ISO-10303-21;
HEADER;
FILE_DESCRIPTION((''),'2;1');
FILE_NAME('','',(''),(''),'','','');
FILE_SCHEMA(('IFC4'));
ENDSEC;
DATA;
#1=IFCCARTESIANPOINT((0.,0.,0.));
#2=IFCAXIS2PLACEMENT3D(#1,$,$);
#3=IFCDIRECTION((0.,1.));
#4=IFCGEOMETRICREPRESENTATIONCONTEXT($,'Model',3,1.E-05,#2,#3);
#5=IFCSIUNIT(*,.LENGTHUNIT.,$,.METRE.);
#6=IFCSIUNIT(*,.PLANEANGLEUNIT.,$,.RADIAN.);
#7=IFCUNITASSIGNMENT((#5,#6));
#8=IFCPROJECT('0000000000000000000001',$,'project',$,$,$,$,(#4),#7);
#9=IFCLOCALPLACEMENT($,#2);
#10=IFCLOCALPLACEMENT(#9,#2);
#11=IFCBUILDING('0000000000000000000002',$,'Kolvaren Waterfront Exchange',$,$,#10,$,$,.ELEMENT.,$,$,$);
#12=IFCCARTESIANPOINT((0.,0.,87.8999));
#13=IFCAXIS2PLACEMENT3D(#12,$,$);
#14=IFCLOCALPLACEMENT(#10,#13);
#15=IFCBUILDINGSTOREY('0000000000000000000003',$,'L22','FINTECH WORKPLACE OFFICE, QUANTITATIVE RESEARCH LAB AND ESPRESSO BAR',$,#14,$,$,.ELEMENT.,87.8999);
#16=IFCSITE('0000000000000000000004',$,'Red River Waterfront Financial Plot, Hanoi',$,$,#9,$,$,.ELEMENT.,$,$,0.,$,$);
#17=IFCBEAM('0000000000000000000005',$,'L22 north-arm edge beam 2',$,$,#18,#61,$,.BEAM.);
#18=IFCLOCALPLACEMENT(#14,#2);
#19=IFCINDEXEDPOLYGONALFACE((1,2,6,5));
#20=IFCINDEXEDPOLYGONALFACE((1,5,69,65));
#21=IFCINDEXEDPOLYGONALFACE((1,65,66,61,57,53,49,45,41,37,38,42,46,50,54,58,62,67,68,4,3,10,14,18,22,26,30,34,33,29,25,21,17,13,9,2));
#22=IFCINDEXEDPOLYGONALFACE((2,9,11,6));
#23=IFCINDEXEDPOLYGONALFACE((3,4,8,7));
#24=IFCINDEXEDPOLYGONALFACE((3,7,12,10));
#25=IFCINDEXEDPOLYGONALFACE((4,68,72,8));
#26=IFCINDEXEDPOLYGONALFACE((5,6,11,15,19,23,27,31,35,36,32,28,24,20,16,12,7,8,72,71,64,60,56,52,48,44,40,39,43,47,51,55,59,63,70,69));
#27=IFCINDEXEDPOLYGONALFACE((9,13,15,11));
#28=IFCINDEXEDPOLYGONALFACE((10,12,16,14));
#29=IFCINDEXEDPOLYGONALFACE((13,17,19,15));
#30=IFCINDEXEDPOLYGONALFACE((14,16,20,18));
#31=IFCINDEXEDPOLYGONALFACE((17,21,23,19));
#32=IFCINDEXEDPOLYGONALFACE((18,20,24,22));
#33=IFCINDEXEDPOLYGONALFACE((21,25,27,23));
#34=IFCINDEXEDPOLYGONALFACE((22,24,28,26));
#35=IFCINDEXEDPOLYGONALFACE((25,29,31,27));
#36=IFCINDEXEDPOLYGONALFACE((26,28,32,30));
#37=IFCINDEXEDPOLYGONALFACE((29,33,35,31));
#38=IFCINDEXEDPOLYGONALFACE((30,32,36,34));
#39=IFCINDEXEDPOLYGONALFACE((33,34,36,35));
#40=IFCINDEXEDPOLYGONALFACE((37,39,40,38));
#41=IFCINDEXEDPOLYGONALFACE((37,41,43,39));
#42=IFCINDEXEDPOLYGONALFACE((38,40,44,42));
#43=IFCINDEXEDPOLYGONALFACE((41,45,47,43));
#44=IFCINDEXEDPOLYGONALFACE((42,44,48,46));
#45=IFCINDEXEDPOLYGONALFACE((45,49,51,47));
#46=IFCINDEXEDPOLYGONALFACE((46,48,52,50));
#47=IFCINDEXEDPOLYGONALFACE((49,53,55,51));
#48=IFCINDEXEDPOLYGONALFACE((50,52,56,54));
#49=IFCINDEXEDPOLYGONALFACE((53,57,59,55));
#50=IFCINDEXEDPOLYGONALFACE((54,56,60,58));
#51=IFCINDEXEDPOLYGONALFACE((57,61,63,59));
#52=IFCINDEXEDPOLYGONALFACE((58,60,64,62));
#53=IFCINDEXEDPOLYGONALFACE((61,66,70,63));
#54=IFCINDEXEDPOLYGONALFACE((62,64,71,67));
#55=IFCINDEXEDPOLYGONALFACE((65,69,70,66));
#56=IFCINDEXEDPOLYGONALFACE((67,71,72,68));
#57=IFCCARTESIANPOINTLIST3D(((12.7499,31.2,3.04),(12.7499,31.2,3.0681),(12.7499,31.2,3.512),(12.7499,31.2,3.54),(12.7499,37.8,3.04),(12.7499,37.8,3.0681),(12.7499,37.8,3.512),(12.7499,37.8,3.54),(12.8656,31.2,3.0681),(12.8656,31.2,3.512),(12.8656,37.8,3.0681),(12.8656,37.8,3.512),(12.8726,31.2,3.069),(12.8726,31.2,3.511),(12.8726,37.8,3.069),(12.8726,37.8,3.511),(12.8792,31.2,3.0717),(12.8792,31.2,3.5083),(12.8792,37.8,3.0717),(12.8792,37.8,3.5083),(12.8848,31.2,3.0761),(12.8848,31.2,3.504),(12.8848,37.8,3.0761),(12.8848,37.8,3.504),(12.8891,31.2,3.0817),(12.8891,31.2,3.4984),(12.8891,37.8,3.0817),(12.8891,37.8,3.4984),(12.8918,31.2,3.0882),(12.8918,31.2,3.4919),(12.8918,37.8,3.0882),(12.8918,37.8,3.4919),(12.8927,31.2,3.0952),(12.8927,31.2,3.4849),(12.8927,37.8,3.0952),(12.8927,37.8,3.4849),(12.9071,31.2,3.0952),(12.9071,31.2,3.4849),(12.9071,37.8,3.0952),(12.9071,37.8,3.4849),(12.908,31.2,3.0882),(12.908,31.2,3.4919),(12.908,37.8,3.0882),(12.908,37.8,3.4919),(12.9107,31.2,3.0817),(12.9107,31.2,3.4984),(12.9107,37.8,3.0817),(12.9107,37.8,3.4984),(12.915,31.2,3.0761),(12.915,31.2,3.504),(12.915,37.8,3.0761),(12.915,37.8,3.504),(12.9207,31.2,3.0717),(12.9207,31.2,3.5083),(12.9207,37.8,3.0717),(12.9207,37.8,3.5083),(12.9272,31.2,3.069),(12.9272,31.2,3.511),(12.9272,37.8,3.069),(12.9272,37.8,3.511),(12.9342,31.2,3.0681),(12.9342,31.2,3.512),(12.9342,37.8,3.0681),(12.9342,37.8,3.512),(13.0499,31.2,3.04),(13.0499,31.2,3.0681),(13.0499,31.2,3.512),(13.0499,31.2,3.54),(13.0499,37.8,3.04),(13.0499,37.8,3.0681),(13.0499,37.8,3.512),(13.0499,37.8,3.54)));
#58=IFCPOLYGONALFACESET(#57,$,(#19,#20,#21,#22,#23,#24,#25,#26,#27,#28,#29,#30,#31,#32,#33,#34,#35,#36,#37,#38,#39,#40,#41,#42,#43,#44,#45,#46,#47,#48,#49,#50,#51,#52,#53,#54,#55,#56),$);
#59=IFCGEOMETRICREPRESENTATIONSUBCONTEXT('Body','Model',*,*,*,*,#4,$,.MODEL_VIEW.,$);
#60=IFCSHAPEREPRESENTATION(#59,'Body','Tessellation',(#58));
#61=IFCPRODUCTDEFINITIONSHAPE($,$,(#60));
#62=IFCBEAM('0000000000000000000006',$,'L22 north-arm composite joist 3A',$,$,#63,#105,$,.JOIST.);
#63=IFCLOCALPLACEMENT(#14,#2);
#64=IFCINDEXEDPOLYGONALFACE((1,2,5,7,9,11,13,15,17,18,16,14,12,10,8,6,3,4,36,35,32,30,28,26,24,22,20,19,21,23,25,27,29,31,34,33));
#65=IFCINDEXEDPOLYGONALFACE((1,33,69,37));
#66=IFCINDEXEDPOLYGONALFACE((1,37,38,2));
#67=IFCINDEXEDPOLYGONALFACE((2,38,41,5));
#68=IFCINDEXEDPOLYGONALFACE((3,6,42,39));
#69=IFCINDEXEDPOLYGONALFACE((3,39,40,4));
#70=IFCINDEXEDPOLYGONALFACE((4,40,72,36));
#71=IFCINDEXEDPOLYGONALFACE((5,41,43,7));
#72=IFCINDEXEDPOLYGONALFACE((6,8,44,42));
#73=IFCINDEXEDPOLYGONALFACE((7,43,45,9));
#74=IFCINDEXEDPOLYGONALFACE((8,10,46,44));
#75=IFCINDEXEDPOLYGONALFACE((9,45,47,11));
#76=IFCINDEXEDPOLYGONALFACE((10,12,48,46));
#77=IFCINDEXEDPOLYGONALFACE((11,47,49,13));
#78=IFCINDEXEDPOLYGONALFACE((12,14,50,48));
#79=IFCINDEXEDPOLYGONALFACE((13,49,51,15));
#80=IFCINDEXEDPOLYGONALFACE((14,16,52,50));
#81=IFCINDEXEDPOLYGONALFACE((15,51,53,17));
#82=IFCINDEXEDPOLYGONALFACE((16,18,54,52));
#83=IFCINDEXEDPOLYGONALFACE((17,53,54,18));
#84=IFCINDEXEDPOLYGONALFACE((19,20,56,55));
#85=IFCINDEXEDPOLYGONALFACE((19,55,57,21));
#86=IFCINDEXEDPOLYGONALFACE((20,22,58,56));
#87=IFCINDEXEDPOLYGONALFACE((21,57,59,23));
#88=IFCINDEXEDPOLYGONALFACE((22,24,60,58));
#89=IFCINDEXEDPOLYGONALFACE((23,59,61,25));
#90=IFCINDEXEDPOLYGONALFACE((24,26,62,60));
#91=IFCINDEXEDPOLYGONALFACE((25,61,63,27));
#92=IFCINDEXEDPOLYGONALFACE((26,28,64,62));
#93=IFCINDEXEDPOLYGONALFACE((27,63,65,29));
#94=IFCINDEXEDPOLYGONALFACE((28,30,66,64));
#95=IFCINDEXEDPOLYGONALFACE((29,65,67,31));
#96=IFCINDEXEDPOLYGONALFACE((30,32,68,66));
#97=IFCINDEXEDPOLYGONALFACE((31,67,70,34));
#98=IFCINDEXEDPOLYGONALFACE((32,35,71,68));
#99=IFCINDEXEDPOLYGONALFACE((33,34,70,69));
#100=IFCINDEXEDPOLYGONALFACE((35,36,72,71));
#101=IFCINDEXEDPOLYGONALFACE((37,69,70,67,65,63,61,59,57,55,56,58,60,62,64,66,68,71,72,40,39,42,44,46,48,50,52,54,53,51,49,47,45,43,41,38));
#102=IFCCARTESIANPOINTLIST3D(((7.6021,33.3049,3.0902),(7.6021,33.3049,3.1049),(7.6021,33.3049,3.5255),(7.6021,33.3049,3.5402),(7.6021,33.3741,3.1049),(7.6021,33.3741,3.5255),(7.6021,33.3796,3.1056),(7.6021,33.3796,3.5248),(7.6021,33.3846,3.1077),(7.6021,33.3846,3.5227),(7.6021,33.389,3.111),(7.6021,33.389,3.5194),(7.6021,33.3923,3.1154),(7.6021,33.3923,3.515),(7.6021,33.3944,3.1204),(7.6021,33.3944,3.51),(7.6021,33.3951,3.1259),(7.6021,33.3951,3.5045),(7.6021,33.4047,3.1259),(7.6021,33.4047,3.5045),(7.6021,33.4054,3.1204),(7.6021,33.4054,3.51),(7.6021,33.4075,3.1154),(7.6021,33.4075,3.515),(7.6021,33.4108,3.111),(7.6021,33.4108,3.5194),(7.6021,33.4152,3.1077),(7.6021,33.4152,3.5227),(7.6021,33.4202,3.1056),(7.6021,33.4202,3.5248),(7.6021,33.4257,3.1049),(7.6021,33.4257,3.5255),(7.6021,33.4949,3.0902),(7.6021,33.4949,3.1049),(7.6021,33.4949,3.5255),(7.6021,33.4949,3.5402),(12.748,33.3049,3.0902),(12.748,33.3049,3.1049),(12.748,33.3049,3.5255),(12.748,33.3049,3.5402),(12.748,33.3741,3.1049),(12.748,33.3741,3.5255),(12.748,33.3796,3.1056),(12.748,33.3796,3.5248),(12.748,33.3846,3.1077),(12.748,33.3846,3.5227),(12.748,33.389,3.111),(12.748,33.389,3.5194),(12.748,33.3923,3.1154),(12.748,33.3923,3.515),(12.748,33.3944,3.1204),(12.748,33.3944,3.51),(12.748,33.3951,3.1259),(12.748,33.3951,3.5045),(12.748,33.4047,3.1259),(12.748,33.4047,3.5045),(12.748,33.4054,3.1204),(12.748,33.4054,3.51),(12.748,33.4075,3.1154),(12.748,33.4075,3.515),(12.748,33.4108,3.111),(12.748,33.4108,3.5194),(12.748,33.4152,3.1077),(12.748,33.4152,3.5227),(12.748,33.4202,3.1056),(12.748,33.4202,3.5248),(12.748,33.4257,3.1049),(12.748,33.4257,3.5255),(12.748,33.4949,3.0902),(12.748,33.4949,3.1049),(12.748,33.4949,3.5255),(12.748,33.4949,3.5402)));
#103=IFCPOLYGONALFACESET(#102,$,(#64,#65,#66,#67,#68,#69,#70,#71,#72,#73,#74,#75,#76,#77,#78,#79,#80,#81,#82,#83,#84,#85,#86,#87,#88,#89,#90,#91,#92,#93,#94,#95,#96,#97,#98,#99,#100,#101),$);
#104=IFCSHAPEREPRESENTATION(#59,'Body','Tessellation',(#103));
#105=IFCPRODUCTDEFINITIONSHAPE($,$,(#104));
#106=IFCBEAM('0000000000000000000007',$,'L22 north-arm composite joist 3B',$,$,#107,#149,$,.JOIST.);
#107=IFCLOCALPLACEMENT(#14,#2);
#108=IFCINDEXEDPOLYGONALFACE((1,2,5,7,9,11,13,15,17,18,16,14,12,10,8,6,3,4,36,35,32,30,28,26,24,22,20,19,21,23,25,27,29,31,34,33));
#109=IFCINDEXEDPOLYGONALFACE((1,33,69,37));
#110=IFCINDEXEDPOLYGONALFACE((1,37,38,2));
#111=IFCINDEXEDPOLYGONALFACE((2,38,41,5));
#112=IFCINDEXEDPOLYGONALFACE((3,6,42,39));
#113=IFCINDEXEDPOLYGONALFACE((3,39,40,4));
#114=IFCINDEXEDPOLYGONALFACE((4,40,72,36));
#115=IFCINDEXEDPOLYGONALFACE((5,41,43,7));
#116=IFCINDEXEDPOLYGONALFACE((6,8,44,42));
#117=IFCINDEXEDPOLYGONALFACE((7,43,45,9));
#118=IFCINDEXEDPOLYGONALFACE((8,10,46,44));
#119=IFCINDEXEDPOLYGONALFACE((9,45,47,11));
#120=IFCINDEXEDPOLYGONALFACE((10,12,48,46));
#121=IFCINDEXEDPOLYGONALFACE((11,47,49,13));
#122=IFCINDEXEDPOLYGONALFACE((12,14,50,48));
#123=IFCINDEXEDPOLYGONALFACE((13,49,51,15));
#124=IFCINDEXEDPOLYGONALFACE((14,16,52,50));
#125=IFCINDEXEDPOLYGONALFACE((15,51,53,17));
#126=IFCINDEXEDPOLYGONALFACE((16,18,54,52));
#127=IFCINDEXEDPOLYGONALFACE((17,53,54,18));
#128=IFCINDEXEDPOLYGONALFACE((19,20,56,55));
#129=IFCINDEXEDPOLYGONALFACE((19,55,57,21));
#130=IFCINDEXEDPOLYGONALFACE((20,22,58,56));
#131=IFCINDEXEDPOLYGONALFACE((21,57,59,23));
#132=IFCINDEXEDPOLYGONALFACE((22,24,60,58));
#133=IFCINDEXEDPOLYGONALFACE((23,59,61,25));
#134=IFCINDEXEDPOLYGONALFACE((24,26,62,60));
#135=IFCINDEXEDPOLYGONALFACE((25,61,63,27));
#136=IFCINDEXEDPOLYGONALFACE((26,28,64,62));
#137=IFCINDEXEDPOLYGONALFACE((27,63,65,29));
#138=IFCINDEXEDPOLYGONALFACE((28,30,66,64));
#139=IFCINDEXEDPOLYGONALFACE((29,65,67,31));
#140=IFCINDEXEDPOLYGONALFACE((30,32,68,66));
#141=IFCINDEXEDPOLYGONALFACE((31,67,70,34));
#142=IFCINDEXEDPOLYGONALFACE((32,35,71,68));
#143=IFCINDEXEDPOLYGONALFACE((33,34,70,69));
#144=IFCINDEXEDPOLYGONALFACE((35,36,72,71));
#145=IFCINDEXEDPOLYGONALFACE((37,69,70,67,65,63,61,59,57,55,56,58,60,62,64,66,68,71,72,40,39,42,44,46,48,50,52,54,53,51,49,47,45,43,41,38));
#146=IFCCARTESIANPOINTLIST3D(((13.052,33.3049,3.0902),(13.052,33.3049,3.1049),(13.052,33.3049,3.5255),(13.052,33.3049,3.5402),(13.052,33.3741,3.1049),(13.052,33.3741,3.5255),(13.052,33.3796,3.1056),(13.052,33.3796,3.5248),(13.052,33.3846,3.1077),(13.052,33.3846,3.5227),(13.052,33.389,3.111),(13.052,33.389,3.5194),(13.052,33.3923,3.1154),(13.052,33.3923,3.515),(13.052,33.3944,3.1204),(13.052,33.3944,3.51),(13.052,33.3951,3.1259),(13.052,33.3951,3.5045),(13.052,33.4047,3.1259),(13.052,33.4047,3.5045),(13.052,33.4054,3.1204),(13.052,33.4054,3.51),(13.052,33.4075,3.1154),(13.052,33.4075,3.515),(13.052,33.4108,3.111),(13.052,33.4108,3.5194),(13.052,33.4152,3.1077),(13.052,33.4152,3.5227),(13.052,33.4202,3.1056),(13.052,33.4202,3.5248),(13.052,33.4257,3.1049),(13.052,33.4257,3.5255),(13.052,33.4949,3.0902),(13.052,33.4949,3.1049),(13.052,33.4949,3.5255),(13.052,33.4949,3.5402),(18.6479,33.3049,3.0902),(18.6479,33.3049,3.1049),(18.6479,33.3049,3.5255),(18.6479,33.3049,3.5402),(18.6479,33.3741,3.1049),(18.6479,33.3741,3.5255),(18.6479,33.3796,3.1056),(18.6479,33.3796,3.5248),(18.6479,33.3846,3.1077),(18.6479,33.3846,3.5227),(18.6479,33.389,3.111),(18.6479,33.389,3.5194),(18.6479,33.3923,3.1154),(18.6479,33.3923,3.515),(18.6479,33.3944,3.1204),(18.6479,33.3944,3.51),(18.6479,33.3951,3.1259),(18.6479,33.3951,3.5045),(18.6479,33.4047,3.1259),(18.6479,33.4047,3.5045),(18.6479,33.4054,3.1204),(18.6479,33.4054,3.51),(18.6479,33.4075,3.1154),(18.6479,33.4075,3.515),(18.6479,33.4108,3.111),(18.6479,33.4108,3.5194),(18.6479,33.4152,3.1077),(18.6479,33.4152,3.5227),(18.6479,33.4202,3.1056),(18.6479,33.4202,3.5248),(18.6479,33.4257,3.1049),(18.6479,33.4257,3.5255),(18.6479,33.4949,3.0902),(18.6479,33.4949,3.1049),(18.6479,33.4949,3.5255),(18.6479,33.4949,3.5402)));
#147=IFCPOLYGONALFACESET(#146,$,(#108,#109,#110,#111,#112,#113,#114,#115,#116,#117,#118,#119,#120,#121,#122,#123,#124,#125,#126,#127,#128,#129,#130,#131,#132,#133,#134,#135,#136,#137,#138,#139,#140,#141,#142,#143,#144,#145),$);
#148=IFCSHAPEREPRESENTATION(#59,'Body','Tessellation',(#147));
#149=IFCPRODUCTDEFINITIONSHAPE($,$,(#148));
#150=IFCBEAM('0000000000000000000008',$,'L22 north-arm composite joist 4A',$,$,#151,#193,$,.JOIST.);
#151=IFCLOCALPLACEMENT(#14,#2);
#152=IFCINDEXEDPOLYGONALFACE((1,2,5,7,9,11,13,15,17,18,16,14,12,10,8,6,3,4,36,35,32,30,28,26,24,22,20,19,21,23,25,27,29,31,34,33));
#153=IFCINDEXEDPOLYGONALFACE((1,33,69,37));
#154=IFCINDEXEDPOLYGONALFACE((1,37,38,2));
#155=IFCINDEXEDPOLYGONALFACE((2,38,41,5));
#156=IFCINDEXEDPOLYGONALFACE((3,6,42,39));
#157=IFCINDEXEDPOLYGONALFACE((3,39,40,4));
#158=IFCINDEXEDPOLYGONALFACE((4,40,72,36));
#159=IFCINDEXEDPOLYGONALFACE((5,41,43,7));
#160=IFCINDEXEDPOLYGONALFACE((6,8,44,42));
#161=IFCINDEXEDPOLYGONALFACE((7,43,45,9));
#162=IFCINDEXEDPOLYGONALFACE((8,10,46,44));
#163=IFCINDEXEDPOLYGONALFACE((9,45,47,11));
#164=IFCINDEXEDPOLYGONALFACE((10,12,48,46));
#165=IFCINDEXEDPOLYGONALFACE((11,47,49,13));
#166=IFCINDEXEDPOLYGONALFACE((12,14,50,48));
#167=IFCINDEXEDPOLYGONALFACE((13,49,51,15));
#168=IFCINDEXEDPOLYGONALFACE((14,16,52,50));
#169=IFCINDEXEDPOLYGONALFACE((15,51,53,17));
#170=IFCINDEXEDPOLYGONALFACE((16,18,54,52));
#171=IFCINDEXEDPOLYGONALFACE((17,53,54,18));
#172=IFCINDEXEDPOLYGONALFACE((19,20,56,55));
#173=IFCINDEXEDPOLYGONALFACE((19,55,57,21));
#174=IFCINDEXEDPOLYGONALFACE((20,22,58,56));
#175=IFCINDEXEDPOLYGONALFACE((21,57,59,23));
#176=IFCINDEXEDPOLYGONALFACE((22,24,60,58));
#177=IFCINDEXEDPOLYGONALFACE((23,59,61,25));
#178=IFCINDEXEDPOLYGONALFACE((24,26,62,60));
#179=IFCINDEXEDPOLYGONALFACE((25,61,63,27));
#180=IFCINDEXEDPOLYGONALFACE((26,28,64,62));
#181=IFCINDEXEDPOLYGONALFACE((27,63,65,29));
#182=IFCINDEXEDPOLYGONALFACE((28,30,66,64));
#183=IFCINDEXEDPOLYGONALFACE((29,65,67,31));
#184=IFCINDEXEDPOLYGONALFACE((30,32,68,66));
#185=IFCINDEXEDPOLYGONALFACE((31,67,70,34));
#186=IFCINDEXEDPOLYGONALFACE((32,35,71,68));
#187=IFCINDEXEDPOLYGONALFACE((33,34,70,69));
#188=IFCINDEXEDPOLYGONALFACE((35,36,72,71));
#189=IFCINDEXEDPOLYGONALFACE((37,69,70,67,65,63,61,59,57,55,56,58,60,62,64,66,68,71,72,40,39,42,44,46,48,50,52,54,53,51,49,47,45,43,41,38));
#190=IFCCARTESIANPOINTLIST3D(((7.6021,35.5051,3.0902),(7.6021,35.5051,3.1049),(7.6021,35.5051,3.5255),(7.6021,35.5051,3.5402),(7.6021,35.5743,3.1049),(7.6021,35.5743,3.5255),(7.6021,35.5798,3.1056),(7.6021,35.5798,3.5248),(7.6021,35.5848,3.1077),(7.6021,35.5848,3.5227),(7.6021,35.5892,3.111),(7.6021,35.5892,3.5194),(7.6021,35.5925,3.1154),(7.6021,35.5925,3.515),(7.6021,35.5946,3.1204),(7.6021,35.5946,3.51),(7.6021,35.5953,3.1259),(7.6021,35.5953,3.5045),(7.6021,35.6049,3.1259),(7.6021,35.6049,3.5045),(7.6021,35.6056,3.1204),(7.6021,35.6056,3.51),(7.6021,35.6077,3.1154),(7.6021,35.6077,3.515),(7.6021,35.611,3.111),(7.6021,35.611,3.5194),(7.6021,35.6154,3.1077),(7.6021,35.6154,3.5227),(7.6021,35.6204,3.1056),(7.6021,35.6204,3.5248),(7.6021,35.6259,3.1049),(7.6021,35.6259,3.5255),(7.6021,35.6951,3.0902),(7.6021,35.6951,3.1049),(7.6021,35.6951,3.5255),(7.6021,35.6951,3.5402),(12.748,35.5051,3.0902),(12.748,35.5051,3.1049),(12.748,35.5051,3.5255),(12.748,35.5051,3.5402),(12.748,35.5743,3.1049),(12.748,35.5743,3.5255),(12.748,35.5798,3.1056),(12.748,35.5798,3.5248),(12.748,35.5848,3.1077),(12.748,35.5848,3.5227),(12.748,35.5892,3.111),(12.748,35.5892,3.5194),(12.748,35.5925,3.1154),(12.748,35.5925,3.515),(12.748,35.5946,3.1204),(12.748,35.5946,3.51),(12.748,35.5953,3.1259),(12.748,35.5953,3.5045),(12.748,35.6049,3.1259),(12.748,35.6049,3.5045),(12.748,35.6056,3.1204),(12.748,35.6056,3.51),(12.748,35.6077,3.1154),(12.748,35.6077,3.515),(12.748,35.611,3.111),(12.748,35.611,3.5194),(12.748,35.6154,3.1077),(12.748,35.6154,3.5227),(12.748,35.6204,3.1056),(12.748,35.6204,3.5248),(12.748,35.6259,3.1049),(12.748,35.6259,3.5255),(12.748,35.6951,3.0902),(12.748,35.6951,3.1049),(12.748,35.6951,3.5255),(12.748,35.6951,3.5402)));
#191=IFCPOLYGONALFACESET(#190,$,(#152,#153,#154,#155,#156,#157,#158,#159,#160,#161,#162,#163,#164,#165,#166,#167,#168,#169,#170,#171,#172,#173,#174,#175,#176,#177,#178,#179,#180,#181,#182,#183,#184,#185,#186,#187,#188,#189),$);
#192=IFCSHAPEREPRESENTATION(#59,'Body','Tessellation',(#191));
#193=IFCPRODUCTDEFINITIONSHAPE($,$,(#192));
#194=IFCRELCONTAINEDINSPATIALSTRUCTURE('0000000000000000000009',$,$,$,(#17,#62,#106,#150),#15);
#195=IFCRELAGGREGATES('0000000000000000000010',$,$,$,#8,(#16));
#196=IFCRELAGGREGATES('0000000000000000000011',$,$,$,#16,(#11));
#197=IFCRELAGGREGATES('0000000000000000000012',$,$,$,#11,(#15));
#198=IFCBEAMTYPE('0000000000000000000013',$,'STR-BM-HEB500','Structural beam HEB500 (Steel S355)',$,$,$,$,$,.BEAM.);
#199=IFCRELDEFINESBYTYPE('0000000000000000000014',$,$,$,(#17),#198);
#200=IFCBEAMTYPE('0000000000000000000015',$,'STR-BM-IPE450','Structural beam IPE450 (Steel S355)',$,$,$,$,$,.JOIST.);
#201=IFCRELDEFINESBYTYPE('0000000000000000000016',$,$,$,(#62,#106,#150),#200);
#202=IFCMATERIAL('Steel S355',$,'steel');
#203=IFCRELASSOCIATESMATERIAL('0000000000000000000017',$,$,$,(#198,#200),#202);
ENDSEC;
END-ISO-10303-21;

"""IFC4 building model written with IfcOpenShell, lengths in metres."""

from ifc_helpers import new_model, si_unit, direction, frame, origin, origin_2d, place, context, subcontext, project, spatial, i_section, extrude, material, material_profile, profile_set, type_object, element, save


model = new_model("IFC4")

# Units and contexts
model_context = context("Model", 3, precision=1e-05, world=origin(), true_north=direction((0.0, 1.0)))
body_context = subcontext(model_context, "Body", "Model", "MODEL_VIEW")
ifc_project = project(units=[si_unit("LENGTHUNIT", "METRE"), si_unit("PLANEANGLEUNIT", "RADIAN")], contexts=[model_context])

# Site, building, storey
site_placement = place(None, origin())
site = spatial("IfcSite", under=ifc_project, at=site_placement, Name="Red River Waterfront Financial Plot, Hanoi", CompositionType="ELEMENT", RefElevation=0.0)
building_placement = place(site_placement, origin())
building = spatial("IfcBuilding", under=site, at=building_placement, Name="Kolvaren Waterfront Exchange", CompositionType="ELEMENT")
storey_placement = place(building_placement, frame((0.0, 0.0, 87.8999)))
storey = spatial("IfcBuildingStorey", under=building, at=storey_placement, Name="L22", Description="FINTECH WORKPLACE OFFICE, QUANTITATIVE RESEARCH LAB AND ESPRESSO BAR", CompositionType="ELEMENT", Elevation=87.8999)

# Beams
ifc_material_1 = material(Name="Steel S355", Category="steel")
ifc_material_profile_1 = material_profile(ifc_material_1, i_section(OverallWidth=0.3, OverallDepth=0.5, WebThickness=0.0144, FlangeThickness=0.0281, FilletRadius=0.0271, at=origin_2d()), Name="HEB500")
ifc_profile_set_1 = profile_set([ifc_material_profile_1], Name="Steel S355")
beam_type_1 = type_object("IfcBeamType", Name="STR-BM-HEB500", Description="Structural beam HEB500 (Steel S355)", PredefinedType="BEAM", material=ifc_profile_set_1)
beam_1_placement = place(storey_placement, frame((12.8999, 31.2, 3.29), z_axis=(0.0, 1.0, 0.0), x_axis=(-1.0, 0.0, 0.0)))
element("IfcBeam", 1, at=beam_1_placement, inside=storey, type_object=beam_type_1, Name="L22 north-arm edge beam 2", PredefinedType="BEAM", context=body_context, shape_type="SweptSolid", body=[
    extrude(i_section(OverallWidth=0.3, OverallDepth=0.5, WebThickness=0.0144, FlangeThickness=0.0281, FilletRadius=0.0271, at=origin_2d()), origin(), (0.0, 0.0, 1.0), 6.6001),
])
ifc_material_profile_2 = material_profile(ifc_material_1, i_section(OverallWidth=0.1899, OverallDepth=0.45, WebThickness=0.0095, FlangeThickness=0.0146, FilletRadius=0.021, at=origin_2d()), Name="IPE450")
ifc_profile_set_2 = profile_set([ifc_material_profile_2], Name="Steel S355")
beam_type_2 = type_object("IfcBeamType", Name="STR-BM-IPE450", Description="Structural beam IPE450 (Steel S355)", PredefinedType="JOIST", material=ifc_profile_set_2)
beam_2_placement = place(storey_placement, frame((7.6021, 33.3999, 3.3152), z_axis=(1.0, 0.0, 0.0), x_axis=(0.0, 1.0, 0.0)))
element("IfcBeam", 2, at=beam_2_placement, inside=storey, type_object=beam_type_2, Name="L22 north-arm composite joist 3A", PredefinedType="JOIST", context=body_context, shape_type="SweptSolid", body=[
    extrude(i_section(OverallWidth=0.1899, OverallDepth=0.45, WebThickness=0.0095, FlangeThickness=0.0146, FilletRadius=0.021, at=origin_2d()), origin(), (0.0, 0.0, 1.0), 5.146),
])
beam_3_placement = place(storey_placement, frame((13.052, 33.3999, 3.3152), z_axis=(1.0, 0.0, 0.0), x_axis=(0.0, 1.0, 0.0)))
element("IfcBeam", 3, at=beam_3_placement, inside=storey, type_object=beam_type_2, Name="L22 north-arm composite joist 3B", PredefinedType="JOIST", context=body_context, shape_type="SweptSolid", body=[
    extrude(i_section(OverallWidth=0.1899, OverallDepth=0.45, WebThickness=0.0095, FlangeThickness=0.0146, FilletRadius=0.021, at=origin_2d()), origin(), (0.0, 0.0, 1.0), 5.5959),
])
beam_4_placement = place(storey_placement, frame((7.6021, 35.6001, 3.3152), z_axis=(1.0, 0.0, 0.0), x_axis=(0.0, 1.0, 0.0)))
element("IfcBeam", 4, at=beam_4_placement, inside=storey, type_object=beam_type_2, Name="L22 north-arm composite joist 4A", PredefinedType="JOIST", context=body_context, shape_type="SweptSolid", body=[
    extrude(i_section(OverallWidth=0.1899, OverallDepth=0.45, WebThickness=0.0095, FlangeThickness=0.0146, FilletRadius=0.021, at=origin_2d()), origin(), (0.0, 0.0, 1.0), 5.146),
])

save(model, "model.ifc")
